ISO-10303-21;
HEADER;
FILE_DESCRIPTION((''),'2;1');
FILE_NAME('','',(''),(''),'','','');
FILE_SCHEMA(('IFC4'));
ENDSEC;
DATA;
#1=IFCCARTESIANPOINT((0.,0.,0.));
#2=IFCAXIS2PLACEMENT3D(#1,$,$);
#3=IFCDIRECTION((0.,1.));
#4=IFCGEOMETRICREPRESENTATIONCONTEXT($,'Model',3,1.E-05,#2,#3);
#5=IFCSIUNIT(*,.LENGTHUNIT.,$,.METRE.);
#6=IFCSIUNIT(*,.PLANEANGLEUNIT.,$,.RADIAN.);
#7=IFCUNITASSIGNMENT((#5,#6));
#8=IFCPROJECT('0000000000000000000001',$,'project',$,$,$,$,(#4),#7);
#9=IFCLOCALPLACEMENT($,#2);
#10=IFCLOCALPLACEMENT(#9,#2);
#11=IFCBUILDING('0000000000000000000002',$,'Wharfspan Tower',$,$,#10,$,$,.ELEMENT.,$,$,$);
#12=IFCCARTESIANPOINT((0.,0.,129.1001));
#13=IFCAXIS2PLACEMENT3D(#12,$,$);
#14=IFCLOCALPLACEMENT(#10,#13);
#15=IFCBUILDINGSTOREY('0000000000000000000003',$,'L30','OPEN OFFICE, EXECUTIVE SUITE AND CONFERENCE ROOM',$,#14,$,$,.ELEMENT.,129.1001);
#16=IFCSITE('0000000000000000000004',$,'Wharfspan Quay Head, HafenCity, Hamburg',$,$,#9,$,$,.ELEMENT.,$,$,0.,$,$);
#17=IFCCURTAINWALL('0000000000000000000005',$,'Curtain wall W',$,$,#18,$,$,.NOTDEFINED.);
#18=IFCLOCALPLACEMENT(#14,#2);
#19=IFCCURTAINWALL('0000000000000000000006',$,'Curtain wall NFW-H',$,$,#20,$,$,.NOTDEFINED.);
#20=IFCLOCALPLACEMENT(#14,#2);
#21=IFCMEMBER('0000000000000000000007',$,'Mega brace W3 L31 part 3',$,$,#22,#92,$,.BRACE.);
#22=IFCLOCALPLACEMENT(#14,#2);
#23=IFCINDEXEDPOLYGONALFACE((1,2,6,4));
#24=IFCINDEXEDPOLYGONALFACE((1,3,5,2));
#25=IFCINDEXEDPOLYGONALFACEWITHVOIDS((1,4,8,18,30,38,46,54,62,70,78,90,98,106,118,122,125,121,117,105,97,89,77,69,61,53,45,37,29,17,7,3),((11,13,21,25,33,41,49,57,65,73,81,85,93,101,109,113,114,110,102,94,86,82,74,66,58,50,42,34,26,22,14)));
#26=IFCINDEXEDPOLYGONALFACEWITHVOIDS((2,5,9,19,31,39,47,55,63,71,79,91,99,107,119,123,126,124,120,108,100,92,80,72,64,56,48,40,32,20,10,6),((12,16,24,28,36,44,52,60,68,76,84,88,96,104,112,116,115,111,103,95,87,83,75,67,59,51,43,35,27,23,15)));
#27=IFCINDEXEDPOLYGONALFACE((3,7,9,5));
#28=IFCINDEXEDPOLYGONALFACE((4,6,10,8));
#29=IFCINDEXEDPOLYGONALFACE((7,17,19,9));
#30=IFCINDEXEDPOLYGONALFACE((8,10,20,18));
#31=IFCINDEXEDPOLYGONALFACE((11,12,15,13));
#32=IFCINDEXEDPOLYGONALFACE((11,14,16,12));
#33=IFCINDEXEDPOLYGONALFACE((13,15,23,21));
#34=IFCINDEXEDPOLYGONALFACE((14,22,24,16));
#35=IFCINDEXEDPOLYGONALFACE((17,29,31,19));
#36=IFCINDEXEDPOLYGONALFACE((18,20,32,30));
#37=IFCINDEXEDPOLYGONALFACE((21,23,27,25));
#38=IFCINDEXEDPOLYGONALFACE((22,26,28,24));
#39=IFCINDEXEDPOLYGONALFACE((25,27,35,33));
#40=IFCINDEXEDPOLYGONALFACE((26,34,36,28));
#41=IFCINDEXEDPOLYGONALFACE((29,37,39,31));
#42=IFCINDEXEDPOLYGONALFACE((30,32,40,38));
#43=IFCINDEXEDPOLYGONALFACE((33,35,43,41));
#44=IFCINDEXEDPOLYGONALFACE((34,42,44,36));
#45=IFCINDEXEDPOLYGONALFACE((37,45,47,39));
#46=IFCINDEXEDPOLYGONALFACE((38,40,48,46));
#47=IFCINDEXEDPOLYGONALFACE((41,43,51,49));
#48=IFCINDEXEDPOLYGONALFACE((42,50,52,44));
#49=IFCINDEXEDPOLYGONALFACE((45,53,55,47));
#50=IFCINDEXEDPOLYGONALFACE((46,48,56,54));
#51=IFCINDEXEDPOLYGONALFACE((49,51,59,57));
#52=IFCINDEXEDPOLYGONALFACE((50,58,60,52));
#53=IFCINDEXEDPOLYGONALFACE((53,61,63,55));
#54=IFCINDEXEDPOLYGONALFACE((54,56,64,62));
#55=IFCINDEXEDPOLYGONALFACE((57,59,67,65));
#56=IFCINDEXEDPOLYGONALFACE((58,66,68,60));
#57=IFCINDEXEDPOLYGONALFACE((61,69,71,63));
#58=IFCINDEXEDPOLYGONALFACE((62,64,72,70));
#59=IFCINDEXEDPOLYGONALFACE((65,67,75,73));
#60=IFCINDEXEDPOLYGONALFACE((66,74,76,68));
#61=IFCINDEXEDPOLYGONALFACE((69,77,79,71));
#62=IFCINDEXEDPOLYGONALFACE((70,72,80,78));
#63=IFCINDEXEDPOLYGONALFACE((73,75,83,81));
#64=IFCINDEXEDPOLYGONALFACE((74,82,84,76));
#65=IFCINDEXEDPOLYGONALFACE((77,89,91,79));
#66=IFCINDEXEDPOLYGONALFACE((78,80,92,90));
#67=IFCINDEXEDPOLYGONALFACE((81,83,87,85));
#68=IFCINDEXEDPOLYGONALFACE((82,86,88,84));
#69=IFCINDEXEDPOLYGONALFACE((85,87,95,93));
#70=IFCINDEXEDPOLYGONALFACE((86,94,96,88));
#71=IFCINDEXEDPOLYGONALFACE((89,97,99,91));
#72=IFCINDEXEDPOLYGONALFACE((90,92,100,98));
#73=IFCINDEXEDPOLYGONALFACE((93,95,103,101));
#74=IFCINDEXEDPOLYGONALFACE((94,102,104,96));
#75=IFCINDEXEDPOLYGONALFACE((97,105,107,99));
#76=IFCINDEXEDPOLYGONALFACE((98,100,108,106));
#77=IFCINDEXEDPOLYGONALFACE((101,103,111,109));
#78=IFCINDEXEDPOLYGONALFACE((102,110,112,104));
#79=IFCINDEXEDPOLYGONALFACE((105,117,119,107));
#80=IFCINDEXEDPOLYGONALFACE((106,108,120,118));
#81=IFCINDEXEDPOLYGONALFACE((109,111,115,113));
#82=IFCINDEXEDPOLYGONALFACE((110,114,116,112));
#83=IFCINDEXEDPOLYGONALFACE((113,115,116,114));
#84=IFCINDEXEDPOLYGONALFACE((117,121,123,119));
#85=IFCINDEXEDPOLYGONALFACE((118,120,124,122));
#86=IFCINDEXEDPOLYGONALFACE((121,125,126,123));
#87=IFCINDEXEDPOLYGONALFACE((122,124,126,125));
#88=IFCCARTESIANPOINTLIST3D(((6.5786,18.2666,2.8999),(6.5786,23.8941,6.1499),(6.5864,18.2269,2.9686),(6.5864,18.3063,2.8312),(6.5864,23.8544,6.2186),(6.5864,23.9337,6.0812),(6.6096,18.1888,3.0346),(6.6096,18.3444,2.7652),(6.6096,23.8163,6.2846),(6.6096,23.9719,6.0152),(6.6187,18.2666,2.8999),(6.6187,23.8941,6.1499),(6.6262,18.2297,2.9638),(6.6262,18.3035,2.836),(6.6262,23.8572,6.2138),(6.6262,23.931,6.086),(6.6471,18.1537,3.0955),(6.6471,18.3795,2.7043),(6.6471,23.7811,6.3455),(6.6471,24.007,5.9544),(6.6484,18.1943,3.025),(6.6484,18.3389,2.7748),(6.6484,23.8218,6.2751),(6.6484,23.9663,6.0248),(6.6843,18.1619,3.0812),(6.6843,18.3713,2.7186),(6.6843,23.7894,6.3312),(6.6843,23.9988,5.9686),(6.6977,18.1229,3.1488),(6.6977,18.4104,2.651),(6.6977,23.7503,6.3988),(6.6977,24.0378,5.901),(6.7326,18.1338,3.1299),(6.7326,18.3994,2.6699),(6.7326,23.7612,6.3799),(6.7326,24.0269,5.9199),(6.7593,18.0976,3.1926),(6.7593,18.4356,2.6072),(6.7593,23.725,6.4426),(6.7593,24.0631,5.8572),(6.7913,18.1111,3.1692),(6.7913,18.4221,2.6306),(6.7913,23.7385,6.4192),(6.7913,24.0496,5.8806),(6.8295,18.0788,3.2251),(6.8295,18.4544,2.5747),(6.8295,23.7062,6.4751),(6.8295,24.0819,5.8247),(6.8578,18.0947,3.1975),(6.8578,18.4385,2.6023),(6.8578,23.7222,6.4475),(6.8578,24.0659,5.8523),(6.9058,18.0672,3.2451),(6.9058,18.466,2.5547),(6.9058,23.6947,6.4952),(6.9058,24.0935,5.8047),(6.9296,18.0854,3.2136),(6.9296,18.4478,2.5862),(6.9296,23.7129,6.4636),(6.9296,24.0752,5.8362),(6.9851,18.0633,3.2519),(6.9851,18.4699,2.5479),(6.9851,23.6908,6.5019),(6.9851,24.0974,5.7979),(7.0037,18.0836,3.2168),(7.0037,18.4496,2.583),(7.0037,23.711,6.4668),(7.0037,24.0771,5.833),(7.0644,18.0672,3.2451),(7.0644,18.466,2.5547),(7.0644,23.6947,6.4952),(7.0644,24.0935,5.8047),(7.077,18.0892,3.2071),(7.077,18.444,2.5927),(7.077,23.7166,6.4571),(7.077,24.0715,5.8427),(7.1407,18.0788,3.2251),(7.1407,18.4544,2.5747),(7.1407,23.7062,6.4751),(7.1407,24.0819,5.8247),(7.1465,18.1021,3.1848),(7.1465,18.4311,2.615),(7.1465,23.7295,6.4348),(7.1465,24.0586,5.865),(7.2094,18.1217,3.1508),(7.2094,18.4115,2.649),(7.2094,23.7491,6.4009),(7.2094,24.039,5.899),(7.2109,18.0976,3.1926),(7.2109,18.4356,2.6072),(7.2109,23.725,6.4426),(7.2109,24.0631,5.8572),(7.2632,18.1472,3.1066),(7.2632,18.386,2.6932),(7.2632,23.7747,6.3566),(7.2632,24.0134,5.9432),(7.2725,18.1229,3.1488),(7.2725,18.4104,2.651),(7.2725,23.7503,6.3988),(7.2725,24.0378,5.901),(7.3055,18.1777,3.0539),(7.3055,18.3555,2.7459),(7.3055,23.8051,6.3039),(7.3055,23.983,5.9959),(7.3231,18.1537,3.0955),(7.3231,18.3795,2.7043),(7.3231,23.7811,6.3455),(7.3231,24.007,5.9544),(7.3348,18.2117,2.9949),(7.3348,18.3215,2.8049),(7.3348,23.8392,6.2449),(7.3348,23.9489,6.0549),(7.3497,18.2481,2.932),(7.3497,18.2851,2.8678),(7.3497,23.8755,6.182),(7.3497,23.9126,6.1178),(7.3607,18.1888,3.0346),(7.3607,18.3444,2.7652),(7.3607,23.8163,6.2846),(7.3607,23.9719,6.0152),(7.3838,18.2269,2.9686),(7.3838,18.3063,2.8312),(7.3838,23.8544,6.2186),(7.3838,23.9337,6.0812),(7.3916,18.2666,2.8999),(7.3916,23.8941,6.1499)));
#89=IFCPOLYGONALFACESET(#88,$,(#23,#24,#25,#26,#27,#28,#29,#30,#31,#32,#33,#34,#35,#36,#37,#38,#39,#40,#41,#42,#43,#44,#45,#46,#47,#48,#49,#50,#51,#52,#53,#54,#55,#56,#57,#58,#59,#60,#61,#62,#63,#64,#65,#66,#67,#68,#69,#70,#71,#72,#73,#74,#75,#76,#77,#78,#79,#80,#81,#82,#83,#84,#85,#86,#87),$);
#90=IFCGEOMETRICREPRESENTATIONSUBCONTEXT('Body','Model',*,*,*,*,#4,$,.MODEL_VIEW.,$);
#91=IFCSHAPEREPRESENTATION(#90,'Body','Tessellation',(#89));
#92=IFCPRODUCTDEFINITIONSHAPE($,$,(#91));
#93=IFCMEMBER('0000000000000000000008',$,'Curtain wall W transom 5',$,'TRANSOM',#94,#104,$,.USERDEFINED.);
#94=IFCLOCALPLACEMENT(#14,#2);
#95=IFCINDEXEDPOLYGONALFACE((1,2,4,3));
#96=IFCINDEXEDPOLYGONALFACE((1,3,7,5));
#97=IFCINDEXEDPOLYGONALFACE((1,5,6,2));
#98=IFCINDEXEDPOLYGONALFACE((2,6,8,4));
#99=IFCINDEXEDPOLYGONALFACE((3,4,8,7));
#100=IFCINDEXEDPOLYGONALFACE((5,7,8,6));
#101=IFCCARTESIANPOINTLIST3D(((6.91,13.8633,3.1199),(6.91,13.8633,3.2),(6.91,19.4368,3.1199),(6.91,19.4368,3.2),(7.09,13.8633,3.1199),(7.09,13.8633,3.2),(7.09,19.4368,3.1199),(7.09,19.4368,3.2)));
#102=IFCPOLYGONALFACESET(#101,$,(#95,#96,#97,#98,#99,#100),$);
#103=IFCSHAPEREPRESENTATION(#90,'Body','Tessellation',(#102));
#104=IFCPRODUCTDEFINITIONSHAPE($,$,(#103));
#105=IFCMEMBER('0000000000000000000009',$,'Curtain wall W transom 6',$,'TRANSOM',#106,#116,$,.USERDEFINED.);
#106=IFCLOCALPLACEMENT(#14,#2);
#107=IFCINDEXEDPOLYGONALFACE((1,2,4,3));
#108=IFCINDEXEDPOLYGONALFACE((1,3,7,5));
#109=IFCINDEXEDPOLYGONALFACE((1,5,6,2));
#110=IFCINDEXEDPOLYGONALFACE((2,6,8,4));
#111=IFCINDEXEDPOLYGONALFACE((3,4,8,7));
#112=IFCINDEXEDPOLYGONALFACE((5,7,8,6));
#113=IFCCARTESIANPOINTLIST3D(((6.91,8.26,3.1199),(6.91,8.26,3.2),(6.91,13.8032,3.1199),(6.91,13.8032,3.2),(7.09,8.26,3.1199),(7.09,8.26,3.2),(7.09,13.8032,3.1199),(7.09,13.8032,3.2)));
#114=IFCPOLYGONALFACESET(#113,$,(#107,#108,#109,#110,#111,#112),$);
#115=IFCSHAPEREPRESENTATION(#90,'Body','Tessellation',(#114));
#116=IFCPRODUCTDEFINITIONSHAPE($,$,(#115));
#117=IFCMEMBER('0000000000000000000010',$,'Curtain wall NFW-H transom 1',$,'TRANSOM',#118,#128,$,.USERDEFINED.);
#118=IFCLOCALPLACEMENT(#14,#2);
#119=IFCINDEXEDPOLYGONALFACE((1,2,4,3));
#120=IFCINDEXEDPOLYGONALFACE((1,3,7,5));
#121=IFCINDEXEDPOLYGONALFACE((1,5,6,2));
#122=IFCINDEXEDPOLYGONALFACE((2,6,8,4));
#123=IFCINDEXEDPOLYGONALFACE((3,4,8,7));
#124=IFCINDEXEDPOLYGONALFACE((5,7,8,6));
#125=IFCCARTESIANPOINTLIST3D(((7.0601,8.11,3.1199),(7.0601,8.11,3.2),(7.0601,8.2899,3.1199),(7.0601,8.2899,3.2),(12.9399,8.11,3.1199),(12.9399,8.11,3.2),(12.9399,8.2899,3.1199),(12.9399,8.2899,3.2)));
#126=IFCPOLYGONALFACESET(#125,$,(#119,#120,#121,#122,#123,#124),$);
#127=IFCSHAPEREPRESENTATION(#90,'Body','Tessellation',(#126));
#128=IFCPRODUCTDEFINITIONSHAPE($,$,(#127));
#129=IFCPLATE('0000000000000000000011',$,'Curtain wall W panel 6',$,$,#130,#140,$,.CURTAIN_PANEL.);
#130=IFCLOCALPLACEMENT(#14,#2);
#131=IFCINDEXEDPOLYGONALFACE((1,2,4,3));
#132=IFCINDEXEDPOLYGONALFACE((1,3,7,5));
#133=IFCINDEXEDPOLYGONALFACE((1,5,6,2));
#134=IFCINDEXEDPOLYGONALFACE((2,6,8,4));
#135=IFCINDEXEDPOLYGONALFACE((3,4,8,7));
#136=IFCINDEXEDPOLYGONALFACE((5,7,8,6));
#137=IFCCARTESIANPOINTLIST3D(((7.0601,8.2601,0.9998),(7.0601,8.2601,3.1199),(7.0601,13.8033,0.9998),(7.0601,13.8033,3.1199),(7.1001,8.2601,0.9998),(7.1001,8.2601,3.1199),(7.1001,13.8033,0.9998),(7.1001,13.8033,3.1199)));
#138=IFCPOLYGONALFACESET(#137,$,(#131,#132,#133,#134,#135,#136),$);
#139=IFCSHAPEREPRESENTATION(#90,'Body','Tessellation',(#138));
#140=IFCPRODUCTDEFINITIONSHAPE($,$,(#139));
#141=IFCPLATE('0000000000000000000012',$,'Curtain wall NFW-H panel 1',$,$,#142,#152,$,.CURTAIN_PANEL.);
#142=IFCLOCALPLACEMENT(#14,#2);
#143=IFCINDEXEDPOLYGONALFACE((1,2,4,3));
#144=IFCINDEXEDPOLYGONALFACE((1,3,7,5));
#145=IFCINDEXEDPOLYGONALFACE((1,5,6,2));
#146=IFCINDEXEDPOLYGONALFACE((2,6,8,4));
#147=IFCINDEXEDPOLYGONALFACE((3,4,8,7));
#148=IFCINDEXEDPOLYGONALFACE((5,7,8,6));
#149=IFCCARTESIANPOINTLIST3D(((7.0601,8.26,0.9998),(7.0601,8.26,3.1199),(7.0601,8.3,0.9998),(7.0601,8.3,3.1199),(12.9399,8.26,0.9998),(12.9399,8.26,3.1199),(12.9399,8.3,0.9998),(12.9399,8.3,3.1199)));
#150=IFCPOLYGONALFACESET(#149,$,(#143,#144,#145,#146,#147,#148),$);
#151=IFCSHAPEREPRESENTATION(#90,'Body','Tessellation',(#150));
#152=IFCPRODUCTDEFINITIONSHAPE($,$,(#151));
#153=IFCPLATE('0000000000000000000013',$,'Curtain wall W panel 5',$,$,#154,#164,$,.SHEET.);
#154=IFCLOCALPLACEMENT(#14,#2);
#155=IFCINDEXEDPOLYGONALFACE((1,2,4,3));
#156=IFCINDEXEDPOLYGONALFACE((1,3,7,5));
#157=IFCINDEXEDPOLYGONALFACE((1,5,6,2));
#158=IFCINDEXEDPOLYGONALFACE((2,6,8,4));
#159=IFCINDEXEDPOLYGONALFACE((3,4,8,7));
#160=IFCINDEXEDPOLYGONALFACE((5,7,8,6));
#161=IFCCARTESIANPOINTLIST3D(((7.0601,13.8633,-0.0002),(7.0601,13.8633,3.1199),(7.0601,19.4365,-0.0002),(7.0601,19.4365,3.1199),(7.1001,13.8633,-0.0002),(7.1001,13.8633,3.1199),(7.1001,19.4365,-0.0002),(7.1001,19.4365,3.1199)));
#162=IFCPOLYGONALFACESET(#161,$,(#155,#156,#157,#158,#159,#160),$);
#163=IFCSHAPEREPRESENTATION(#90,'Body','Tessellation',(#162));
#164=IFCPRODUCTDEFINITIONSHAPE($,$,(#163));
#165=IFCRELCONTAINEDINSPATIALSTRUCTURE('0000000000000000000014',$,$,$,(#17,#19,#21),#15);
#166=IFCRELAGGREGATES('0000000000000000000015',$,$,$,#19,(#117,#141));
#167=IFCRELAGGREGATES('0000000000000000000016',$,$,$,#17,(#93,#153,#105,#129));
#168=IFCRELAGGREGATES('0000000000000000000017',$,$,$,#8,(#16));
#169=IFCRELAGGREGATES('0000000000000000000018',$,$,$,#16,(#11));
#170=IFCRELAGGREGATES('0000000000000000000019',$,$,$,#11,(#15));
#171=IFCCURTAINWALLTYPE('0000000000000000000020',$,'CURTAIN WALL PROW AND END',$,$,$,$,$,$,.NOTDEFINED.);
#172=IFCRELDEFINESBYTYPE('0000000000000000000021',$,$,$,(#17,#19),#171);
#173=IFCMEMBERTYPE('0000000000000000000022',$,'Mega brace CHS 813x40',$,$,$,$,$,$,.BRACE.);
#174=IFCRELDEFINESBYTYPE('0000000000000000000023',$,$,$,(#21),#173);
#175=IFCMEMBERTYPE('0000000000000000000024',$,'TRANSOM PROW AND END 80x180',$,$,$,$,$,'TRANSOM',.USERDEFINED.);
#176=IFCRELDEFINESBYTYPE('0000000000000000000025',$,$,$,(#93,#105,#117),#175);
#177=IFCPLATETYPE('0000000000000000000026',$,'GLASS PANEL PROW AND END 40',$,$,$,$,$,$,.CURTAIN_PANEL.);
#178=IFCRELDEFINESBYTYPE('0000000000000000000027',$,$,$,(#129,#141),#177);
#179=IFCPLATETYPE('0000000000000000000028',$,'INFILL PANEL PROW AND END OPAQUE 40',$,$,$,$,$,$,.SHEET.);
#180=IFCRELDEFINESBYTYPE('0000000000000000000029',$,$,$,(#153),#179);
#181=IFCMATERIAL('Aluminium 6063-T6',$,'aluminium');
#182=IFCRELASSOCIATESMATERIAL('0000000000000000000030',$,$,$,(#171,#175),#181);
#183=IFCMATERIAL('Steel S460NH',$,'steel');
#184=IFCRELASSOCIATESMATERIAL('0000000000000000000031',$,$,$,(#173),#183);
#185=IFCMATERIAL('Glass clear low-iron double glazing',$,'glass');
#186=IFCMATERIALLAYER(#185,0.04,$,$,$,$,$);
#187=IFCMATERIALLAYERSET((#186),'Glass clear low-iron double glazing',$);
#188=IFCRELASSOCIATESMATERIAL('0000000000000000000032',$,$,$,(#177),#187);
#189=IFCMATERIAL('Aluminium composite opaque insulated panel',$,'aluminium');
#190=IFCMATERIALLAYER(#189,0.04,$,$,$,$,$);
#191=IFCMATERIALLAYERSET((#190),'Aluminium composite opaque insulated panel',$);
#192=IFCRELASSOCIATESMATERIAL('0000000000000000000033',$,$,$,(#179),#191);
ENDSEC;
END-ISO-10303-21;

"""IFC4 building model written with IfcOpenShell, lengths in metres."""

from ifc_helpers import new_model, si_unit, direction, frame, origin, origin_2d, place, context, subcontext, project, spatial, rectangle, hollow_circle, extrude, material, layer, layer_set, material_profile, profile_set, type_object, element, aggregate, save


model = new_model("IFC4")

# Units and contexts
model_context = context("Model", 3, precision=1e-05, world=origin(), true_north=direction((0.0, 1.0)))
body_context = subcontext(model_context, "Body", "Model", "MODEL_VIEW")
ifc_project = project(units=[si_unit("LENGTHUNIT", "METRE"), si_unit("PLANEANGLEUNIT", "RADIAN")], contexts=[model_context])

# Site, building, storey
site_placement = place(None, origin())
site = spatial("IfcSite", under=ifc_project, at=site_placement, Name="Wharfspan Quay Head, HafenCity, Hamburg", CompositionType="ELEMENT", RefElevation=0.0)
building_placement = place(site_placement, origin())
building = spatial("IfcBuilding", under=site, at=building_placement, Name="Wharfspan Tower", CompositionType="ELEMENT")
storey_placement = place(building_placement, frame((0.0, 0.0, 129.1001)))
storey = spatial("IfcBuildingStorey", under=building, at=storey_placement, Name="L30", Description="OPEN OFFICE, EXECUTIVE SUITE AND CONFERENCE ROOM", CompositionType="ELEMENT", Elevation=129.1001)

# Curtain wall
ifc_material_1 = material(Name="Aluminium 6063-T6", Category="aluminium")
curtain_wall_type = type_object("IfcCurtainWallType", Name="CURTAIN WALL PROW AND END", PredefinedType="NOTDEFINED", material=ifc_material_1)
curtain_wall_1_placement = place(storey_placement, origin())
curtain_wall_1 = element("IfcCurtainWall", 1, at=curtain_wall_1_placement, inside=storey, type_object=curtain_wall_type, Name="Curtain wall W", PredefinedType="NOTDEFINED")

# Curtain wall
curtain_wall_2_placement = place(storey_placement, origin())
curtain_wall_2 = element("IfcCurtainWall", 2, at=curtain_wall_2_placement, inside=storey, type_object=curtain_wall_type, Name="Curtain wall NFW-H", PredefinedType="NOTDEFINED")

# Members
ifc_material_2 = material(Name="Steel S460NH", Category="steel")
ifc_material_profile_1 = material_profile(ifc_material_2, hollow_circle(Radius=0.4065, WallThickness=0.04, at=origin_2d()))
ifc_profile_set_1 = profile_set([ifc_material_profile_1], Name="Steel S460NH")
member_type_1 = type_object("IfcMemberType", Name="Mega brace CHS 813x40", PredefinedType="BRACE", material=ifc_profile_set_1)
member_1_placement = place(storey_placement, frame((6.9851, 18.2666, 2.8999), z_axis=(0.0, 0.865959, 0.500115), x_axis=(-1.0, 0.0, 0.0)))
element("IfcMember", 3, at=member_1_placement, inside=storey, type_object=member_type_1, Name="Mega brace W3 L31 part 3", PredefinedType="BRACE", context=body_context, shape_type="SweptSolid", body=[
    extrude(hollow_circle(Radius=0.4065, WallThickness=0.04, at=origin_2d()), origin(), (0.0, 0.0, 1.0), 6.4985),
])
ifc_material_profile_2 = material_profile(ifc_material_1, rectangle(XDim=0.1799, YDim=0.0801, at=origin_2d()))
ifc_profile_set_2 = profile_set([ifc_material_profile_2], Name="Aluminium 6063-T6")
member_type_2 = type_object("IfcMemberType", Name="TRANSOM PROW AND END 80x180", ElementType="TRANSOM", PredefinedType="USERDEFINED", material=ifc_profile_set_2)
member_2_placement = place(storey_placement, frame((7.0, 19.4368, 3.1599), z_axis=(0.0, -1.0, 0.0), x_axis=(1.0, 0.0, 0.0)))
member_2 = element("IfcMember", 4, at=member_2_placement, type_object=member_type_2, Name="Curtain wall W transom 5", ObjectType="TRANSOM", PredefinedType="USERDEFINED", context=body_context, shape_type="SweptSolid", body=[
    extrude(rectangle(XDim=0.1799, YDim=0.0801, at=origin_2d()), origin(), (0.0, 0.0, 1.0), 5.5735),
])
member_3_placement = place(storey_placement, frame((7.0, 13.8032, 3.1599), z_axis=(0.0, -1.0, 0.0), x_axis=(1.0, 0.0, 0.0)))
member_3 = element("IfcMember", 5, at=member_3_placement, type_object=member_type_2, Name="Curtain wall W transom 6", ObjectType="TRANSOM", PredefinedType="USERDEFINED", context=body_context, shape_type="SweptSolid", body=[
    extrude(rectangle(XDim=0.1799, YDim=0.0801, at=origin_2d()), origin(), (0.0, 0.0, 1.0), 5.5432),
])
member_4_placement = place(storey_placement, frame((7.0601, 8.2, 3.1599), z_axis=(1.0, 0.0, 0.0), x_axis=(0.0, 1.0, 0.0)))
member_4 = element("IfcMember", 6, at=member_4_placement, type_object=member_type_2, Name="Curtain wall NFW-H transom 1", ObjectType="TRANSOM", PredefinedType="USERDEFINED", context=body_context, shape_type="SweptSolid", body=[
    extrude(rectangle(XDim=0.1799, YDim=0.0801, at=origin_2d()), origin(), (0.0, 0.0, 1.0), 5.8799),
])

# Plates
ifc_material_3 = material(Name="Glass clear low-iron double glazing", Category="glass")
ifc_layer_1 = layer(ifc_material_3, 0.04)
ifc_layer_set_1 = layer_set([ifc_layer_1], Name="Glass clear low-iron double glazing")
plate_type_1 = type_object("IfcPlateType", Name="GLASS PANEL PROW AND END 40", PredefinedType="CURTAIN_PANEL", material=ifc_layer_set_1)
plate_1_placement = place(storey_placement, frame((7.0801, 11.0317, 0.9998), z_axis=(0.0, 0.0, 1.0), x_axis=(0.0, -1.0, 0.0)))
plate_1 = element("IfcPlate", 7, at=plate_1_placement, type_object=plate_type_1, Name="Curtain wall W panel 6", PredefinedType="CURTAIN_PANEL", context=body_context, shape_type="SweptSolid", body=[
    extrude(rectangle(XDim=5.5432, YDim=0.04, at=origin_2d()), origin(), (0.0, 0.0, 1.0), 2.1201),
])
plate_2_placement = place(storey_placement, frame((10.0, 8.28, 0.9998), z_axis=(0.0, 0.0, 1.0), x_axis=(1.0, 0.0, 0.0)))
plate_2 = element("IfcPlate", 8, at=plate_2_placement, type_object=plate_type_1, Name="Curtain wall NFW-H panel 1", PredefinedType="CURTAIN_PANEL", context=body_context, shape_type="SweptSolid", body=[
    extrude(rectangle(XDim=5.8799, YDim=0.04, at=origin_2d()), origin(), (0.0, 0.0, 1.0), 2.1201),
])
aggregate(curtain_wall_2, [member_4, plate_2])
ifc_material_4 = material(Name="Aluminium composite opaque insulated panel", Category="aluminium")
ifc_layer_2 = layer(ifc_material_4, 0.04)
ifc_layer_set_2 = layer_set([ifc_layer_2], Name="Aluminium composite opaque insulated panel")
plate_type_2 = type_object("IfcPlateType", Name="INFILL PANEL PROW AND END OPAQUE 40", PredefinedType="SHEET", material=ifc_layer_set_2)
plate_3_placement = place(storey_placement, frame((7.0801, 16.6499, -0.0002), z_axis=(0.0, 0.0, 1.0), x_axis=(0.0, -1.0, 0.0)))
plate_3 = element("IfcPlate", 9, at=plate_3_placement, type_object=plate_type_2, Name="Curtain wall W panel 5", PredefinedType="SHEET", context=body_context, shape_type="SweptSolid", body=[
    extrude(rectangle(XDim=5.5732, YDim=0.04, at=origin_2d()), origin(), (0.0, 0.0, 1.0), 3.1201),
])
aggregate(curtain_wall_1, [member_2, plate_3, member_3, plate_1])

save(model, "model.ifc")
